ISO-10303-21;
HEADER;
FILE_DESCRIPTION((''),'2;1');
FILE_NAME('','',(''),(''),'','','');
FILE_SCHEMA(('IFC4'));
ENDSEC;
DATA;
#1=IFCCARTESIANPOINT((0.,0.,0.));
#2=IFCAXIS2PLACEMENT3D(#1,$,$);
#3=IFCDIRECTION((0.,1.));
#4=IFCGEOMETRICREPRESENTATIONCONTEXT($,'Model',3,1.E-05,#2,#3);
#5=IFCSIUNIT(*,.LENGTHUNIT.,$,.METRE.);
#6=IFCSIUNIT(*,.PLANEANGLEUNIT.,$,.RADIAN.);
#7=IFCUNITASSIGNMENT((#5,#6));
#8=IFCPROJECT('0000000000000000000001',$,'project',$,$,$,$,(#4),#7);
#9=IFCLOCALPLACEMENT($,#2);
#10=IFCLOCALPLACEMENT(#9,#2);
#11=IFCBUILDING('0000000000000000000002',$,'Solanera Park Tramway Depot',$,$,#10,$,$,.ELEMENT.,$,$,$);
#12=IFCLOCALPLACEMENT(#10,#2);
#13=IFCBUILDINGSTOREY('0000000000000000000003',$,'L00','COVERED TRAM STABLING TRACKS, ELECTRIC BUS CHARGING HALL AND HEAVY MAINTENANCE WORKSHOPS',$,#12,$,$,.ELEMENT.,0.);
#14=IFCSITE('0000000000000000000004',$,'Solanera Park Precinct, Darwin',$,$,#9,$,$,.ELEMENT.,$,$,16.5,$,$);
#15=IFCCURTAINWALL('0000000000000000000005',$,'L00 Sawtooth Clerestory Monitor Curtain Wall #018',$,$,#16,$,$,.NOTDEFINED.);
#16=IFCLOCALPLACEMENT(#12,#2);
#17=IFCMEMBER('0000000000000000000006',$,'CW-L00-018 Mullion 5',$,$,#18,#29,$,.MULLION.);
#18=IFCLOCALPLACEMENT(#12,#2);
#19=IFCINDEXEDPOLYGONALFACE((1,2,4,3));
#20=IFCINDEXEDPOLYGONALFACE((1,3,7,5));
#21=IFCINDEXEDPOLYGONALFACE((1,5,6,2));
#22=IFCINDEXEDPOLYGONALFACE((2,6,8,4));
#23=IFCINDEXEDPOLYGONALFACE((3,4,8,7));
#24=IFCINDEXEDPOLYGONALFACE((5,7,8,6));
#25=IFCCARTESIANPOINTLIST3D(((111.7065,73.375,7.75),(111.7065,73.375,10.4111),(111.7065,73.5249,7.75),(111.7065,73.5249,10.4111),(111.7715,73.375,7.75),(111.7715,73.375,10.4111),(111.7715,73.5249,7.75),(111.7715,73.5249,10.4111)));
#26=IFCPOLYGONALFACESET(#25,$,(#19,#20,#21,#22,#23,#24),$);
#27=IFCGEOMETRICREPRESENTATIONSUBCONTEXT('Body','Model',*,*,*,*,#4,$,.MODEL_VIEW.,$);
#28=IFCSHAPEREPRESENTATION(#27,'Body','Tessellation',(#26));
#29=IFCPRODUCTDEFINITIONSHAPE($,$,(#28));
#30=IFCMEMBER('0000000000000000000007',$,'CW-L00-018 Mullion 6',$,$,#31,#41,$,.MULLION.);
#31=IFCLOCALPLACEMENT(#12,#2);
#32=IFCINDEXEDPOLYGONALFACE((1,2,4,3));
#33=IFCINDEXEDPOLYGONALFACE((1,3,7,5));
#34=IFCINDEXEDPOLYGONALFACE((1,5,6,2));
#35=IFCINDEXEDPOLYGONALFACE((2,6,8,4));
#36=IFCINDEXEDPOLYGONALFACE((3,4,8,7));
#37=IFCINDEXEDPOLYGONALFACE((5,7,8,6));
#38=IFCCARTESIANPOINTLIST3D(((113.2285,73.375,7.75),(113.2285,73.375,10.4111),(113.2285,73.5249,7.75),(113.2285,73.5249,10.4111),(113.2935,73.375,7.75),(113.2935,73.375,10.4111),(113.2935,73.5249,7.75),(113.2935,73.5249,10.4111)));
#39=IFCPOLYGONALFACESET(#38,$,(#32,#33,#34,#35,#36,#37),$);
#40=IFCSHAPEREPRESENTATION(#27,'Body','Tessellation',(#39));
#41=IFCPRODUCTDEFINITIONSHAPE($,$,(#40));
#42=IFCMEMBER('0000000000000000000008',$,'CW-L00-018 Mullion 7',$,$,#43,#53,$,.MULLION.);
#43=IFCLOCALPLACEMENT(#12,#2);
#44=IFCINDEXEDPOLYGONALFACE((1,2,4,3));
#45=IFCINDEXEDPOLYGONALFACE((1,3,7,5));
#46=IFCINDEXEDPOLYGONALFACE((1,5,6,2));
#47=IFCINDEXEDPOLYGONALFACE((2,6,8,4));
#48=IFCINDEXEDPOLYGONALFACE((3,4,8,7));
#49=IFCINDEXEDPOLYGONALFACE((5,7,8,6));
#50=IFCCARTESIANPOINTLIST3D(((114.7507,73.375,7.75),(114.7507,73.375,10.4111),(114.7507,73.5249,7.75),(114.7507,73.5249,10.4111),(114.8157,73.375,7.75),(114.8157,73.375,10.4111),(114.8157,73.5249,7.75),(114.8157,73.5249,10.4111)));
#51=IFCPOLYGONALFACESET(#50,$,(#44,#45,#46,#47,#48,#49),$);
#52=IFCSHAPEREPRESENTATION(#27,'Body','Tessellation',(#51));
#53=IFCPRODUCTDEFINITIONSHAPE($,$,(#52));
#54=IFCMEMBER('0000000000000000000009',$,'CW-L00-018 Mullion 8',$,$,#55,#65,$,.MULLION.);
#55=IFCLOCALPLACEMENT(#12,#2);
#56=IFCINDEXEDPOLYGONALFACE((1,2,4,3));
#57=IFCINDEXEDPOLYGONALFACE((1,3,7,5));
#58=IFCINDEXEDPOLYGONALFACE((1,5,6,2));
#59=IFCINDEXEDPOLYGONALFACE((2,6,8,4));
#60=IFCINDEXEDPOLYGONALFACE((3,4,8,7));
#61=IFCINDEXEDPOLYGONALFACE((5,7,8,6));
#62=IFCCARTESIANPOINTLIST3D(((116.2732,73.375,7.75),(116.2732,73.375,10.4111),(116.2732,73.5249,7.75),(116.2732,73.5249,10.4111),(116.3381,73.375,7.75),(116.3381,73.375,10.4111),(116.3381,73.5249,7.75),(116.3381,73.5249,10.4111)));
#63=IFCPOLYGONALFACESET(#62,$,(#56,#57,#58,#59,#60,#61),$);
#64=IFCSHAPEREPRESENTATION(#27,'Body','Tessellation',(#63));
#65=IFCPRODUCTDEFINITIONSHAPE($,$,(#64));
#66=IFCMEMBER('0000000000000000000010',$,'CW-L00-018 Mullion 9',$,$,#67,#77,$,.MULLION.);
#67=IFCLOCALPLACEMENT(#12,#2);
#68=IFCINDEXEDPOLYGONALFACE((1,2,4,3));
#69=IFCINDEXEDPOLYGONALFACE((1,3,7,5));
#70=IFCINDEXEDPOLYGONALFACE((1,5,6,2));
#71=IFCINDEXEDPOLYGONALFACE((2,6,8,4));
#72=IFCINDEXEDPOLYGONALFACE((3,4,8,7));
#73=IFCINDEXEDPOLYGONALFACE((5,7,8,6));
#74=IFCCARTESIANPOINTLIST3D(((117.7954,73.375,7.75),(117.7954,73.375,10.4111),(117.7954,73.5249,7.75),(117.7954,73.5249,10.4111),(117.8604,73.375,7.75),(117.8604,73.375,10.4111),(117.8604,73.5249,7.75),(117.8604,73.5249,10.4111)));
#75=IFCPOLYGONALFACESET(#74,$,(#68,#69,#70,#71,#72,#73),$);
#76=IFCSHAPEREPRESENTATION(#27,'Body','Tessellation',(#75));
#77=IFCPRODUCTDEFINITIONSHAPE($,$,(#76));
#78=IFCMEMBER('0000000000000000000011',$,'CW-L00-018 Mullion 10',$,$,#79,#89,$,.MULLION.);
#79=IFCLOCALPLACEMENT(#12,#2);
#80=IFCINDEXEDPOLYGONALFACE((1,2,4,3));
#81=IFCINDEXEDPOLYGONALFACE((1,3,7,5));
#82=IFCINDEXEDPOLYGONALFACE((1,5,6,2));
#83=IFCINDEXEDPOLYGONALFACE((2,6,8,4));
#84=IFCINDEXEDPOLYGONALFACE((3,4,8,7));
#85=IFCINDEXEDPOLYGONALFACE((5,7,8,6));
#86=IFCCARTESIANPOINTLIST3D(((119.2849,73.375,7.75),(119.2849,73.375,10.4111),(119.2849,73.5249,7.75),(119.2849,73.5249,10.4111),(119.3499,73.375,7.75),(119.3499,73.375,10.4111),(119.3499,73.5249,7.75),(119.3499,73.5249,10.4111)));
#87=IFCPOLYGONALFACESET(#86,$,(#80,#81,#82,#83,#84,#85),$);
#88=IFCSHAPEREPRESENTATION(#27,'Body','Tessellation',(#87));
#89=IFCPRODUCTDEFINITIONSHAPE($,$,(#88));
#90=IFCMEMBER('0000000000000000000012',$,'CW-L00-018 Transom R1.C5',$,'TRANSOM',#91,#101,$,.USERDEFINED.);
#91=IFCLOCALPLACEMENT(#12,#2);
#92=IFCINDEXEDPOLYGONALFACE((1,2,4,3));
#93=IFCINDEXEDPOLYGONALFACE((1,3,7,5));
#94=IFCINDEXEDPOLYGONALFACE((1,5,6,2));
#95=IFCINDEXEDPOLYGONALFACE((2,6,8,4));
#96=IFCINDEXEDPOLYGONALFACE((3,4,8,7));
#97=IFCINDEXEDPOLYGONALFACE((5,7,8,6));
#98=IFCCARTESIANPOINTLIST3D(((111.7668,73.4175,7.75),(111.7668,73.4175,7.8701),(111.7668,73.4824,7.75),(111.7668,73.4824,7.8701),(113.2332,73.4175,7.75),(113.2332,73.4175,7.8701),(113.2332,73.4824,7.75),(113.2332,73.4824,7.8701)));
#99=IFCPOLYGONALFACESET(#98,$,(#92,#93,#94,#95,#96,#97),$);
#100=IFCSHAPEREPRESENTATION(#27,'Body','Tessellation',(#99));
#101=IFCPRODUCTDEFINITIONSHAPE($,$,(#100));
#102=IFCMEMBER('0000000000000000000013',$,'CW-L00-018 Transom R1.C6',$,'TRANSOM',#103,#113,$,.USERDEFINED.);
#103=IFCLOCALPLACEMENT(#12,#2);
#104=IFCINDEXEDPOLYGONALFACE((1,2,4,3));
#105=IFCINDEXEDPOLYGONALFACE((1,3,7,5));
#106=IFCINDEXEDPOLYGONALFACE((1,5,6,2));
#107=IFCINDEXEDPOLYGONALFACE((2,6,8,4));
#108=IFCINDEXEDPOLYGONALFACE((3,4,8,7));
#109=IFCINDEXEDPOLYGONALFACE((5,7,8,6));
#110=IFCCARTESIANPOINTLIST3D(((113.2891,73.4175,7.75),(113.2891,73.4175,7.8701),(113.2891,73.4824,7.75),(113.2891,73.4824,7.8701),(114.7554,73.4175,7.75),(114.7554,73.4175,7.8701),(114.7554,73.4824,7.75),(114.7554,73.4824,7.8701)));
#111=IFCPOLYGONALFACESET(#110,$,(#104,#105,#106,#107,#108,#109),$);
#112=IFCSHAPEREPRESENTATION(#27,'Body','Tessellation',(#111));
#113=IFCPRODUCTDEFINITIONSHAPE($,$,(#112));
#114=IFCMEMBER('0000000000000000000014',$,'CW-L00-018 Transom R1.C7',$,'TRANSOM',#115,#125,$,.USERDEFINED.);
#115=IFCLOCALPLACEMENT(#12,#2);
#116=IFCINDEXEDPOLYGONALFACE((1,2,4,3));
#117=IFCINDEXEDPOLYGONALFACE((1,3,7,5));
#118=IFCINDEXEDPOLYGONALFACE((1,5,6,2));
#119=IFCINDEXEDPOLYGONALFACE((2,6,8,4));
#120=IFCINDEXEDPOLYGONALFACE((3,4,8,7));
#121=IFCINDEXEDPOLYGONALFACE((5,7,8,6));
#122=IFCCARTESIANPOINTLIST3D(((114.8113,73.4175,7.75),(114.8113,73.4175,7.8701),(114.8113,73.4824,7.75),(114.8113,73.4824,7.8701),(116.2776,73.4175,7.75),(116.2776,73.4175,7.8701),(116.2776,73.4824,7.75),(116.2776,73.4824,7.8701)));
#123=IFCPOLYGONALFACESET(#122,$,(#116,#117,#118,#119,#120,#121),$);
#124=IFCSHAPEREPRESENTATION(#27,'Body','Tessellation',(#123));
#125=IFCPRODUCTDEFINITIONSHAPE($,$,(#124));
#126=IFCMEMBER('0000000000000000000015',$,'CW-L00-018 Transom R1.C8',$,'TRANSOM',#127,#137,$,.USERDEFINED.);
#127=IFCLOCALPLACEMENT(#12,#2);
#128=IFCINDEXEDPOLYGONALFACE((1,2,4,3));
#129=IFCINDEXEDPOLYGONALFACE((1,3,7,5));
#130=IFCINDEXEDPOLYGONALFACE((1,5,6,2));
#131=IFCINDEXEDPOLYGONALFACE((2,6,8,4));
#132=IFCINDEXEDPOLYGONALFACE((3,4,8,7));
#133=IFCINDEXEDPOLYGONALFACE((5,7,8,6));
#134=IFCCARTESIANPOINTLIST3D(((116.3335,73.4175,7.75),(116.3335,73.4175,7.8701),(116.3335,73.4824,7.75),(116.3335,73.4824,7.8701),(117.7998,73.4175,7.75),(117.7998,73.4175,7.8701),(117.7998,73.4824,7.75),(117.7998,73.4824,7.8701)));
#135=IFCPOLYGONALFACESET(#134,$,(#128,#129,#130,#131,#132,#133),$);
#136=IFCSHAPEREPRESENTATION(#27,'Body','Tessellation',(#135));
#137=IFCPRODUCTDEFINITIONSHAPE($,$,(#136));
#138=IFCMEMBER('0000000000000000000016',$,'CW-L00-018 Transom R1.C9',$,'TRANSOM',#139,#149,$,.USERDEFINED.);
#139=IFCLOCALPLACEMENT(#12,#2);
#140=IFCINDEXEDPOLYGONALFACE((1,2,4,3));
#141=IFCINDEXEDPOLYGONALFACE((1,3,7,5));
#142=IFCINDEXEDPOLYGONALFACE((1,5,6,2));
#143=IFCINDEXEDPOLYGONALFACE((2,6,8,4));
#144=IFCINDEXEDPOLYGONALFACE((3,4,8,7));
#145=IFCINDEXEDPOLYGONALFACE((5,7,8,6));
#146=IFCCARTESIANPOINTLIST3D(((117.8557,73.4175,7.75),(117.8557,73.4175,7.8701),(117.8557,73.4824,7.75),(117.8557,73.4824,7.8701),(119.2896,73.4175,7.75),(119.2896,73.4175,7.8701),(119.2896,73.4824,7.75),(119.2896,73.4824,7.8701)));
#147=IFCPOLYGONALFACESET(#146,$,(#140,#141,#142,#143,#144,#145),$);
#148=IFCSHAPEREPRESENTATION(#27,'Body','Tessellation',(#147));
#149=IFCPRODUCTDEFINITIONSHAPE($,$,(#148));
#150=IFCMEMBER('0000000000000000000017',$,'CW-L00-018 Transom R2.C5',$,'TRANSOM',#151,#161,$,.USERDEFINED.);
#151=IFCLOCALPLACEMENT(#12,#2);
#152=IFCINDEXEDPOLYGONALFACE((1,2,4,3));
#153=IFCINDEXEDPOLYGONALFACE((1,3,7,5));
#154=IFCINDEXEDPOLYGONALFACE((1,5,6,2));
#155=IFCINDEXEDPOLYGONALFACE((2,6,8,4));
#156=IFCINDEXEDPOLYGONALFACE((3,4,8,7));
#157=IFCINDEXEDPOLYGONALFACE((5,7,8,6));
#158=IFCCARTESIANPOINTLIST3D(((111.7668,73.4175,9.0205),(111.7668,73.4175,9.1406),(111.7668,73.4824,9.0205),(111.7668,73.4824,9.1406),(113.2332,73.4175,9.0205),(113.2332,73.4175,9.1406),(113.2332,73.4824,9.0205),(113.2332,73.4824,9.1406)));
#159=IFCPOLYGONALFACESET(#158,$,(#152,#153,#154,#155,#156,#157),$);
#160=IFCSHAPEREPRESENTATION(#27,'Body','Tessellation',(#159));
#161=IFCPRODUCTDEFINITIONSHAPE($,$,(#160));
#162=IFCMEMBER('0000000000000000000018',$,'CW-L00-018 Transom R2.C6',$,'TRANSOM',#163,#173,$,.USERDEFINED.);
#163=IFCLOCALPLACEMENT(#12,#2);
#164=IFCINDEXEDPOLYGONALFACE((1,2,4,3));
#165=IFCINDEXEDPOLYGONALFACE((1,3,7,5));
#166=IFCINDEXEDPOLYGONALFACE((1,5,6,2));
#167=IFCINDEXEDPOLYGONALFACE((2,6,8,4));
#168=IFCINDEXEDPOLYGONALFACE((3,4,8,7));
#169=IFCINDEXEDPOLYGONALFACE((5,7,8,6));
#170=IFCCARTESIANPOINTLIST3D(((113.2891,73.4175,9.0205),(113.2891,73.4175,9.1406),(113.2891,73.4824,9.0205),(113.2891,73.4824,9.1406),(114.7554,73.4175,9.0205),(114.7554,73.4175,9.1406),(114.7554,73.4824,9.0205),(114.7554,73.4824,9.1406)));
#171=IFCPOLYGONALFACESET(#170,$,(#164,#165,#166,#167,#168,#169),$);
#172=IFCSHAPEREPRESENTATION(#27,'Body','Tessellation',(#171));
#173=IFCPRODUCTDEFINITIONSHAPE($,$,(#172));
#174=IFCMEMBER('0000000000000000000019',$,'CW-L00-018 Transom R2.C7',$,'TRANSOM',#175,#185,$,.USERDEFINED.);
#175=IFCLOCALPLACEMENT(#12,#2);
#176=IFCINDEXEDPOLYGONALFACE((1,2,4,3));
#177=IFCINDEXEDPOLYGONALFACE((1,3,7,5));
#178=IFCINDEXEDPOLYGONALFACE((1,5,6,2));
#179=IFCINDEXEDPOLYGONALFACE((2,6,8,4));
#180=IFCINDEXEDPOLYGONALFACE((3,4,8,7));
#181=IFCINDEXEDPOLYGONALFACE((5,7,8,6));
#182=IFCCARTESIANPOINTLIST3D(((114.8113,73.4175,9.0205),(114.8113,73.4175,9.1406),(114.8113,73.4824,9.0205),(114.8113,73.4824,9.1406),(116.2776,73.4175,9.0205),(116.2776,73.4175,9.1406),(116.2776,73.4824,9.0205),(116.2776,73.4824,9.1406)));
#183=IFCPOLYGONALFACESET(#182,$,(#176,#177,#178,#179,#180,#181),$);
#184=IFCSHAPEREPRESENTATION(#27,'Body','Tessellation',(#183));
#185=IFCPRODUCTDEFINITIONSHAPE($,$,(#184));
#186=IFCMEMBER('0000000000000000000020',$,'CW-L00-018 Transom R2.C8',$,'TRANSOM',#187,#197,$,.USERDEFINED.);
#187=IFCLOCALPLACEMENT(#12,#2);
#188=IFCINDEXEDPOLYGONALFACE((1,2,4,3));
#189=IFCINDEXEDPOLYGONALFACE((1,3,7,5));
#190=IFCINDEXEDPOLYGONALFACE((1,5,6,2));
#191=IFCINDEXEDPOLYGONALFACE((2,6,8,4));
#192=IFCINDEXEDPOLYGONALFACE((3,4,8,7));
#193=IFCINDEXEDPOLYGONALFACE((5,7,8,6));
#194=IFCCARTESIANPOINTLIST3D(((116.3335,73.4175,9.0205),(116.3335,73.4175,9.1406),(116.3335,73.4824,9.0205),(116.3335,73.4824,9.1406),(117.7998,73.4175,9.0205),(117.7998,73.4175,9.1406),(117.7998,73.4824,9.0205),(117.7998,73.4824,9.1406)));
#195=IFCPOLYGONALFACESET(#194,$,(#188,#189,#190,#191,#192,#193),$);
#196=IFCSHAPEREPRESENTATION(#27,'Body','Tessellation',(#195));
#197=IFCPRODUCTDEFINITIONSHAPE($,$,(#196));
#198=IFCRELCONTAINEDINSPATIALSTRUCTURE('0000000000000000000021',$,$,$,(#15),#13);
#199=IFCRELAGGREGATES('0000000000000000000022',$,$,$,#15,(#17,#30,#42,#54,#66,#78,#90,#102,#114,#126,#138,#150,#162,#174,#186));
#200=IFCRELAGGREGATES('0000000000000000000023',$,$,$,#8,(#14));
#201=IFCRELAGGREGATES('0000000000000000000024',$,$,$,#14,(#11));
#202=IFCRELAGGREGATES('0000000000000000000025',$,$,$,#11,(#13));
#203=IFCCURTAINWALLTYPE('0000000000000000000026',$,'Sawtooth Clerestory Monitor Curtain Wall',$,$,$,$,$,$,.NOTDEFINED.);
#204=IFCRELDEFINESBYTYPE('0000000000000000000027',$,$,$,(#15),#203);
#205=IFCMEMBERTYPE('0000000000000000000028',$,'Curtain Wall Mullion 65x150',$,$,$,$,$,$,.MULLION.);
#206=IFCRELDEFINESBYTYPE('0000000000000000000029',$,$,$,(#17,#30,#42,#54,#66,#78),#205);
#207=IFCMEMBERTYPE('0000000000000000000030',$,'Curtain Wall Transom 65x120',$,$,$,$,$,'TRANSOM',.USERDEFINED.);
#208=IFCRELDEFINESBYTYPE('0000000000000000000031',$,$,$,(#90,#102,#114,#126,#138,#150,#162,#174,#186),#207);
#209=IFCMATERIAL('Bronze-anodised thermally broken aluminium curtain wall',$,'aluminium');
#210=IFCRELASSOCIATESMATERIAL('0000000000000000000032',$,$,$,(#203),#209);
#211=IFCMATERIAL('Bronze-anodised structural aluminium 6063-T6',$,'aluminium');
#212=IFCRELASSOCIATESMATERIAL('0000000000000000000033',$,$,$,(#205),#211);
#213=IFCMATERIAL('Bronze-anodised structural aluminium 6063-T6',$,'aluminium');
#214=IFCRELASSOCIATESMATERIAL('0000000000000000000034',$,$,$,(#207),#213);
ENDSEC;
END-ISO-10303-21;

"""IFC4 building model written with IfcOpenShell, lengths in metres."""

from ifc_helpers import new_model, si_unit, direction, frame, origin, origin_2d, place, context, subcontext, project, spatial, rectangle, extrude, material, material_profile, profile_set, type_object, element, aggregate, save


model = new_model("IFC4")

# Units and contexts
model_context = context("Model", 3, precision=1e-05, world=origin(), true_north=direction((0.0, 1.0)))
body_context = subcontext(model_context, "Body", "Model", "MODEL_VIEW")
ifc_project = project(units=[si_unit("LENGTHUNIT", "METRE"), si_unit("PLANEANGLEUNIT", "RADIAN")], contexts=[model_context])

# Site, building, storey
site_placement = place(None, origin())
site = spatial("IfcSite", under=ifc_project, at=site_placement, Name="Solanera Park Precinct, Darwin", CompositionType="ELEMENT", RefElevation=16.5)
building_placement = place(site_placement, origin())
building = spatial("IfcBuilding", under=site, at=building_placement, Name="Solanera Park Tramway Depot", CompositionType="ELEMENT")
storey_placement = place(building_placement, origin())
storey = spatial("IfcBuildingStorey", under=building, at=storey_placement, Name="L00", Description="COVERED TRAM STABLING TRACKS, ELECTRIC BUS CHARGING HALL AND HEAVY MAINTENANCE WORKSHOPS", CompositionType="ELEMENT", Elevation=0.0)

# Curtain wall, members
ifc_material_1 = material(Name="Bronze-anodised thermally broken aluminium curtain wall", Category="aluminium")
curtain_wall_type = type_object("IfcCurtainWallType", Name="Sawtooth Clerestory Monitor Curtain Wall", PredefinedType="NOTDEFINED", material=ifc_material_1)
curtain_wall_placement = place(storey_placement, origin())
curtain_wall = element("IfcCurtainWall", 1, at=curtain_wall_placement, inside=storey, type_object=curtain_wall_type, Name="L00 Sawtooth Clerestory Monitor Curtain Wall #018", PredefinedType="NOTDEFINED")
ifc_material_2 = material(Name="Bronze-anodised structural aluminium 6063-T6", Category="aluminium")
ifc_material_profile_1 = material_profile(ifc_material_2, rectangle(XDim=0.0649, YDim=0.1499, at=origin_2d()), Name="Curtain Wall Mullion 65x150")
ifc_profile_set_1 = profile_set([ifc_material_profile_1], Name="Bronze-anodised structural aluminium 6063-T6")
member_type_1 = type_object("IfcMemberType", Name="Curtain Wall Mullion 65x150", PredefinedType="MULLION", material=ifc_profile_set_1)
member_1_placement = place(storey_placement, frame((111.739, 73.45, 7.75), z_axis=(0.0, 0.0, 1.0), x_axis=(1.0, 0.0, 0.0)))
member_1 = element("IfcMember", 2, at=member_1_placement, type_object=member_type_1, Name="CW-L00-018 Mullion 5", PredefinedType="MULLION", context=body_context, shape_type="SweptSolid", body=[
    extrude(rectangle(XDim=0.0649, YDim=0.1499, at=origin_2d()), origin(), (0.0, 0.0, 1.0), 2.6611),
])
member_2_placement = place(storey_placement, frame((113.261, 73.45, 7.75), z_axis=(0.0, 0.0, 1.0), x_axis=(1.0, 0.0, 0.0)))
member_2 = element("IfcMember", 3, at=member_2_placement, type_object=member_type_1, Name="CW-L00-018 Mullion 6", PredefinedType="MULLION", context=body_context, shape_type="SweptSolid", body=[
    extrude(rectangle(XDim=0.0649, YDim=0.1499, at=origin_2d()), origin(), (0.0, 0.0, 1.0), 2.6611),
])
member_3_placement = place(storey_placement, frame((114.7832, 73.45, 7.75), z_axis=(0.0, 0.0, 1.0), x_axis=(1.0, 0.0, 0.0)))
member_3 = element("IfcMember", 4, at=member_3_placement, type_object=member_type_1, Name="CW-L00-018 Mullion 7", PredefinedType="MULLION", context=body_context, shape_type="SweptSolid", body=[
    extrude(rectangle(XDim=0.0649, YDim=0.1499, at=origin_2d()), origin(), (0.0, 0.0, 1.0), 2.6611),
])
member_4_placement = place(storey_placement, frame((116.3057, 73.45, 7.75), z_axis=(0.0, 0.0, 1.0), x_axis=(1.0, 0.0, 0.0)))
member_4 = element("IfcMember", 5, at=member_4_placement, type_object=member_type_1, Name="CW-L00-018 Mullion 8", PredefinedType="MULLION", context=body_context, shape_type="SweptSolid", body=[
    extrude(rectangle(XDim=0.0649, YDim=0.1499, at=origin_2d()), origin(), (0.0, 0.0, 1.0), 2.6611),
])
member_5_placement = place(storey_placement, frame((117.8279, 73.45, 7.75), z_axis=(0.0, 0.0, 1.0), x_axis=(1.0, 0.0, 0.0)))
member_5 = element("IfcMember", 6, at=member_5_placement, type_object=member_type_1, Name="CW-L00-018 Mullion 9", PredefinedType="MULLION", context=body_context, shape_type="SweptSolid", body=[
    extrude(rectangle(XDim=0.0649, YDim=0.1499, at=origin_2d()), origin(), (0.0, 0.0, 1.0), 2.6611),
])
member_6_placement = place(storey_placement, frame((119.3174, 73.45, 7.75), z_axis=(0.0, 0.0, 1.0), x_axis=(1.0, 0.0, 0.0)))
member_6 = element("IfcMember", 7, at=member_6_placement, type_object=member_type_1, Name="CW-L00-018 Mullion 10", PredefinedType="MULLION", context=body_context, shape_type="SweptSolid", body=[
    extrude(rectangle(XDim=0.0649, YDim=0.1499, at=origin_2d()), origin(), (0.0, 0.0, 1.0), 2.6611),
])
ifc_material_3 = material(Name="Bronze-anodised structural aluminium 6063-T6", Category="aluminium")
ifc_material_profile_2 = material_profile(ifc_material_3, rectangle(XDim=0.0649, YDim=0.1201, at=origin_2d()), Name="Curtain Wall Transom 65x120")
ifc_profile_set_2 = profile_set([ifc_material_profile_2], Name="Bronze-anodised structural aluminium 6063-T6")
member_type_2 = type_object("IfcMemberType", Name="Curtain Wall Transom 65x120", ElementType="TRANSOM", PredefinedType="USERDEFINED", material=ifc_profile_set_2)
member_7_placement = place(storey_placement, frame((111.7668, 73.45, 7.8101), z_axis=(1.0, 0.0, 0.0), x_axis=(0.0, 1.0, 0.0)))
member_7 = element("IfcMember", 8, at=member_7_placement, type_object=member_type_2, Name="CW-L00-018 Transom R1.C5", ObjectType="TRANSOM", PredefinedType="USERDEFINED", context=body_context, shape_type="SweptSolid", body=[
    extrude(rectangle(XDim=0.0649, YDim=0.1201, at=origin_2d()), origin(), (0.0, 0.0, 1.0), 1.4663),
])
member_8_placement = place(storey_placement, frame((113.2891, 73.45, 7.8101), z_axis=(1.0, 0.0, 0.0), x_axis=(0.0, 1.0, 0.0)))
member_8 = element("IfcMember", 9, at=member_8_placement, type_object=member_type_2, Name="CW-L00-018 Transom R1.C6", ObjectType="TRANSOM", PredefinedType="USERDEFINED", context=body_context, shape_type="SweptSolid", body=[
    extrude(rectangle(XDim=0.0649, YDim=0.1201, at=origin_2d()), origin(), (0.0, 0.0, 1.0), 1.4663),
])
member_9_placement = place(storey_placement, frame((114.8113, 73.45, 7.8101), z_axis=(1.0, 0.0, 0.0), x_axis=(0.0, 1.0, 0.0)))
member_9 = element("IfcMember", 10, at=member_9_placement, type_object=member_type_2, Name="CW-L00-018 Transom R1.C7", ObjectType="TRANSOM", PredefinedType="USERDEFINED", context=body_context, shape_type="SweptSolid", body=[
    extrude(rectangle(XDim=0.0649, YDim=0.1201, at=origin_2d()), origin(), (0.0, 0.0, 1.0), 1.4663),
])
member_10_placement = place(storey_placement, frame((116.3335, 73.45, 7.8101), z_axis=(1.0, 0.0, 0.0), x_axis=(0.0, 1.0, 0.0)))
member_10 = element("IfcMember", 11, at=member_10_placement, type_object=member_type_2, Name="CW-L00-018 Transom R1.C8", ObjectType="TRANSOM", PredefinedType="USERDEFINED", context=body_context, shape_type="SweptSolid", body=[
    extrude(rectangle(XDim=0.0649, YDim=0.1201, at=origin_2d()), origin(), (0.0, 0.0, 1.0), 1.4663),
])
member_11_placement = place(storey_placement, frame((117.8557, 73.45, 7.8101), z_axis=(1.0, 0.0, 0.0), x_axis=(0.0, 1.0, 0.0)))
member_11 = element("IfcMember", 12, at=member_11_placement, type_object=member_type_2, Name="CW-L00-018 Transom R1.C9", ObjectType="TRANSOM", PredefinedType="USERDEFINED", context=body_context, shape_type="SweptSolid", body=[
    extrude(rectangle(XDim=0.0649, YDim=0.1201, at=origin_2d()), origin(), (0.0, 0.0, 1.0), 1.4338),
])
member_12_placement = place(storey_placement, frame((111.7668, 73.45, 9.0806), z_axis=(1.0, 0.0, 0.0), x_axis=(0.0, 1.0, 0.0)))
member_12 = element("IfcMember", 13, at=member_12_placement, type_object=member_type_2, Name="CW-L00-018 Transom R2.C5", ObjectType="TRANSOM", PredefinedType="USERDEFINED", context=body_context, shape_type="SweptSolid", body=[
    extrude(rectangle(XDim=0.0649, YDim=0.1201, at=origin_2d()), origin(), (0.0, 0.0, 1.0), 1.4663),
])
member_13_placement = place(storey_placement, frame((113.2891, 73.45, 9.0806), z_axis=(1.0, 0.0, 0.0), x_axis=(0.0, 1.0, 0.0)))
member_13 = element("IfcMember", 14, at=member_13_placement, type_object=member_type_2, Name="CW-L00-018 Transom R2.C6", ObjectType="TRANSOM", PredefinedType="USERDEFINED", context=body_context, shape_type="SweptSolid", body=[
    extrude(rectangle(XDim=0.0649, YDim=0.1201, at=origin_2d()), origin(), (0.0, 0.0, 1.0), 1.4663),
])
member_14_placement = place(storey_placement, frame((114.8113, 73.45, 9.0806), z_axis=(1.0, 0.0, 0.0), x_axis=(0.0, 1.0, 0.0)))
member_14 = element("IfcMember", 15, at=member_14_placement, type_object=member_type_2, Name="CW-L00-018 Transom R2.C7", ObjectType="TRANSOM", PredefinedType="USERDEFINED", context=body_context, shape_type="SweptSolid", body=[
    extrude(rectangle(XDim=0.0649, YDim=0.1201, at=origin_2d()), origin(), (0.0, 0.0, 1.0), 1.4663),
])
member_15_placement = place(storey_placement, frame((116.3335, 73.45, 9.0806), z_axis=(1.0, 0.0, 0.0), x_axis=(0.0, 1.0, 0.0)))
member_15 = element("IfcMember", 16, at=member_15_placement, type_object=member_type_2, Name="CW-L00-018 Transom R2.C8", ObjectType="TRANSOM", PredefinedType="USERDEFINED", context=body_context, shape_type="SweptSolid", body=[
    extrude(rectangle(XDim=0.0649, YDim=0.1201, at=origin_2d()), origin(), (0.0, 0.0, 1.0), 1.4663),
])
aggregate(curtain_wall, [member_1, member_2, member_3, member_4, member_5, member_6, member_7, member_8, member_9, member_10, member_11, member_12, member_13, member_14, member_15])

save(model, "model.ifc")
